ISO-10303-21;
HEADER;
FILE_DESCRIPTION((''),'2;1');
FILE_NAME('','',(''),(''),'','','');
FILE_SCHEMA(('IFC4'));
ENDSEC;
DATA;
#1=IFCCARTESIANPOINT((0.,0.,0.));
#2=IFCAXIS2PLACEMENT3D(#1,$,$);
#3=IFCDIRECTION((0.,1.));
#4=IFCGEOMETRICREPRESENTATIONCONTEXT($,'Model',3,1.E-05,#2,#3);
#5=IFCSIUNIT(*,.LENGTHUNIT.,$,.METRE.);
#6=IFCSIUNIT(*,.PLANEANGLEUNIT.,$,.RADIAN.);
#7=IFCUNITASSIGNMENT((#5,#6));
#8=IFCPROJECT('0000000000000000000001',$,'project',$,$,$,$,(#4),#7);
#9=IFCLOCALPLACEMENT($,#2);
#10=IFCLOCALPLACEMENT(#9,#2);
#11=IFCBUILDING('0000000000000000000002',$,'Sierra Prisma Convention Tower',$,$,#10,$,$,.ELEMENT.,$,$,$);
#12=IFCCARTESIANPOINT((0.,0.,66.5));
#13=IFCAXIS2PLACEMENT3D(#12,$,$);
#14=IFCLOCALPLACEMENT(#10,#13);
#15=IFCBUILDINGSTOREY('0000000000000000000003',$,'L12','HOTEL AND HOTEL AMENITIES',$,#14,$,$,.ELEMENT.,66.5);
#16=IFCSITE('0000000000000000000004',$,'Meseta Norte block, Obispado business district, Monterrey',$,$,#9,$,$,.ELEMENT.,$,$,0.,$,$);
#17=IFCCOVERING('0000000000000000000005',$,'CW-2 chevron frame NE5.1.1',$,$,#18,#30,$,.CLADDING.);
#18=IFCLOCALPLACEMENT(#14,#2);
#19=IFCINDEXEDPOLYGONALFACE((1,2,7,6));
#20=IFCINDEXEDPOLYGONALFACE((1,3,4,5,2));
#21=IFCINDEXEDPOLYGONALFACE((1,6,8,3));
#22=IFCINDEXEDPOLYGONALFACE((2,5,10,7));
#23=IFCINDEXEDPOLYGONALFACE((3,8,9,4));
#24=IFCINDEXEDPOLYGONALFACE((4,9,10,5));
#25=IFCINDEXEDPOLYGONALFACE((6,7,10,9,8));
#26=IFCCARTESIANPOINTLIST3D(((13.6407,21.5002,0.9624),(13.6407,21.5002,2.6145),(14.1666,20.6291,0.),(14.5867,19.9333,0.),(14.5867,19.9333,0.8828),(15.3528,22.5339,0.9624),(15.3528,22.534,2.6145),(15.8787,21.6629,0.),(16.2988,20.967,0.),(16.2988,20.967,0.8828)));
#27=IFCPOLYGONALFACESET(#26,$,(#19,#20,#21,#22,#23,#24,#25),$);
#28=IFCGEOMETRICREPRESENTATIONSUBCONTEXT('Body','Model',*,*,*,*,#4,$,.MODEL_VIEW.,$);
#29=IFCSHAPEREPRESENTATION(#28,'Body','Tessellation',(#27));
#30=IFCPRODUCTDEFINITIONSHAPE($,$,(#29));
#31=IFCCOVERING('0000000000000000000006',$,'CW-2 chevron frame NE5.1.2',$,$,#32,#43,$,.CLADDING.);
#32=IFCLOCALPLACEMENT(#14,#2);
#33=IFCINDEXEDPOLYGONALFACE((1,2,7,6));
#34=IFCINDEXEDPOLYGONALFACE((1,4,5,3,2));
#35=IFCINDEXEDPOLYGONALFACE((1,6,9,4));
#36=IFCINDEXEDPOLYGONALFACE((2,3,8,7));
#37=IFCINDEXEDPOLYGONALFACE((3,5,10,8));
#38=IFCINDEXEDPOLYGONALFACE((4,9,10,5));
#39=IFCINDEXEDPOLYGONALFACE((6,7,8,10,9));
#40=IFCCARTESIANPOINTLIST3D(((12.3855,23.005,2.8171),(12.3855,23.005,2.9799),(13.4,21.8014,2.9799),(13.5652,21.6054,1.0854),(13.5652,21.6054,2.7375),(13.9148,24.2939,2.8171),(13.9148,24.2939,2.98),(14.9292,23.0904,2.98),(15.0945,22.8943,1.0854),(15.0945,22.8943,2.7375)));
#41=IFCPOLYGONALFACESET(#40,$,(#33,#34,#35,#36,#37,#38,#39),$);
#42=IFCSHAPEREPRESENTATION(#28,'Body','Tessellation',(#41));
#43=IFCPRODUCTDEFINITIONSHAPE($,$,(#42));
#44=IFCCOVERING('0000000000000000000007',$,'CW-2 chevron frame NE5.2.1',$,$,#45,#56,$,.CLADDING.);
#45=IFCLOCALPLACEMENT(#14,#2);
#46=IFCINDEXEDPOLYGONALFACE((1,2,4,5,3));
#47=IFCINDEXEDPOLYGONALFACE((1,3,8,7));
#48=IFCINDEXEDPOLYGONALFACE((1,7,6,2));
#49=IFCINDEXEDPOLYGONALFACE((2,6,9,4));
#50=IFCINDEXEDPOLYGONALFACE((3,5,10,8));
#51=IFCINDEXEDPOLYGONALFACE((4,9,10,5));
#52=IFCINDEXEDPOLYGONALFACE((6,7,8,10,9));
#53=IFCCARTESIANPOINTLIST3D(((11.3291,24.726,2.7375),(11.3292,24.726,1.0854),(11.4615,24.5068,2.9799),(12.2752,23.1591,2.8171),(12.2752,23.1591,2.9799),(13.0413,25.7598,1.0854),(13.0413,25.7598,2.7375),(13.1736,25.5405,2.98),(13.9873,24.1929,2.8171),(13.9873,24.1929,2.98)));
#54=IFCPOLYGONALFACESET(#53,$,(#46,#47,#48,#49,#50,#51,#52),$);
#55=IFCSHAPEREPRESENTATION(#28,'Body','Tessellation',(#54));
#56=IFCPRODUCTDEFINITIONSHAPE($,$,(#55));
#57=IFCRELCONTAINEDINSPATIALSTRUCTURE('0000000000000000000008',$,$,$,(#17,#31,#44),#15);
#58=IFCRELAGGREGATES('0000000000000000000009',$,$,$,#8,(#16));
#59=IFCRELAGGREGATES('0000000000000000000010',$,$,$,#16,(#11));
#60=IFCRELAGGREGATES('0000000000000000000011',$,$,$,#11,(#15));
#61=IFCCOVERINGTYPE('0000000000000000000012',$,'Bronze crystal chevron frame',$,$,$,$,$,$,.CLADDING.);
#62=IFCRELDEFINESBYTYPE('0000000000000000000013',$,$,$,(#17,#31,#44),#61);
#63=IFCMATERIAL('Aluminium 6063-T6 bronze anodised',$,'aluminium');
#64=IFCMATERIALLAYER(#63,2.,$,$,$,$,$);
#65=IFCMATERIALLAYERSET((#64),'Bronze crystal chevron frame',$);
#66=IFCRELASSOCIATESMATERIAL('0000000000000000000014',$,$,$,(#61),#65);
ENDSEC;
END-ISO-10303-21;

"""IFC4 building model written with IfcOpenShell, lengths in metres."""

from ifc_helpers import new_model, si_unit, direction, frame, origin, place, context, subcontext, project, spatial, polyline, outline, extrude, material, layer, layer_set, type_object, element, save


model = new_model("IFC4")

# Units and contexts
model_context = context("Model", 3, precision=1e-05, world=origin(), true_north=direction((0.0, 1.0)))
body_context = subcontext(model_context, "Body", "Model", "MODEL_VIEW")
ifc_project = project(units=[si_unit("LENGTHUNIT", "METRE"), si_unit("PLANEANGLEUNIT", "RADIAN")], contexts=[model_context])

# Site, building, storey
site_placement = place(None, origin())
site = spatial("IfcSite", under=ifc_project, at=site_placement, Name="Meseta Norte block, Obispado business district, Monterrey", CompositionType="ELEMENT", RefElevation=0.0)
building_placement = place(site_placement, origin())
building = spatial("IfcBuilding", under=site, at=building_placement, Name="Sierra Prisma Convention Tower", CompositionType="ELEMENT")
storey_placement = place(building_placement, frame((0.0, 0.0, 66.5)))
storey = spatial("IfcBuildingStorey", under=building, at=storey_placement, Name="L12", Description="HOTEL AND HOTEL AMENITIES", CompositionType="ELEMENT", Elevation=66.5)

# Coverings
ifc_material_1 = material(Name="Aluminium 6063-T6 bronze anodised", Category="aluminium")
ifc_layer_1 = layer(ifc_material_1, 2.0)
ifc_layer_set_1 = layer_set([ifc_layer_1], Name="Bronze crystal chevron frame")
covering_type = type_object("IfcCoveringType", Name="Bronze crystal chevron frame", PredefinedType="CLADDING", material=ifc_layer_set_1)
covering_1_placement = place(storey_placement, frame((16.2988, 20.967, 0.0), z_axis=(0.856061, 0.516875, -0.000018), x_axis=(-0.516875, 0.856061, 0.0)))
element("IfcCovering", 1, at=covering_1_placement, inside=storey, type_object=covering_type, Name="CW-2 chevron frame NE5.1.1", PredefinedType="CLADDING", context=body_context, shape_type="SweptSolid", body=[
    extrude(outline(polyline([(0.0, 0.0), (0.8128, 0.0), (1.8303, 0.9624), (1.8303, 2.6145), (0.0, 0.8828), (0.0, 0.0)])), origin(), (0.0, 0.0, -1.0), 2.0),
])
covering_2_placement = place(storey_placement, frame((15.0945, 22.8943, 2.7375), z_axis=(0.764636, 0.644462, 0.000018), x_axis=(0.000014, 0.000012, -1.0)))
element("IfcCovering", 2, at=covering_2_placement, inside=storey, type_object=covering_type, Name="CW-2 chevron frame NE5.1.2", PredefinedType="CLADDING", context=body_context, shape_type="SweptSolid", body=[
    extrude(outline(polyline([(0.0, 0.0), (1.6521, 0.0), (-0.0796, 1.8305), (-0.2424, 1.8305), (-0.2424, 0.2564), (0.0, 0.0)])), origin(), (0.0, 0.0, -1.0), 2.0),
])
covering_3_placement = place(storey_placement, frame((13.9873, 24.1929, 2.98), z_axis=(0.856064, 0.516869, 0.000019), x_axis=(0.000016, 0.00001, -1.0)))
element("IfcCovering", 3, at=covering_3_placement, inside=storey, type_object=covering_type, Name="CW-2 chevron frame NE5.2.1", PredefinedType="CLADDING", context=body_context, shape_type="SweptSolid", body=[
    extrude(outline(polyline([(0.0, 0.0), (0.1628, 0.0), (1.8945, 1.8303), (0.2424, 1.8303), (0.0, 1.5743), (0.0, 0.0)])), origin(), (0.0, 0.0, -1.0), 2.0),
])

save(model, "model.ifc")
